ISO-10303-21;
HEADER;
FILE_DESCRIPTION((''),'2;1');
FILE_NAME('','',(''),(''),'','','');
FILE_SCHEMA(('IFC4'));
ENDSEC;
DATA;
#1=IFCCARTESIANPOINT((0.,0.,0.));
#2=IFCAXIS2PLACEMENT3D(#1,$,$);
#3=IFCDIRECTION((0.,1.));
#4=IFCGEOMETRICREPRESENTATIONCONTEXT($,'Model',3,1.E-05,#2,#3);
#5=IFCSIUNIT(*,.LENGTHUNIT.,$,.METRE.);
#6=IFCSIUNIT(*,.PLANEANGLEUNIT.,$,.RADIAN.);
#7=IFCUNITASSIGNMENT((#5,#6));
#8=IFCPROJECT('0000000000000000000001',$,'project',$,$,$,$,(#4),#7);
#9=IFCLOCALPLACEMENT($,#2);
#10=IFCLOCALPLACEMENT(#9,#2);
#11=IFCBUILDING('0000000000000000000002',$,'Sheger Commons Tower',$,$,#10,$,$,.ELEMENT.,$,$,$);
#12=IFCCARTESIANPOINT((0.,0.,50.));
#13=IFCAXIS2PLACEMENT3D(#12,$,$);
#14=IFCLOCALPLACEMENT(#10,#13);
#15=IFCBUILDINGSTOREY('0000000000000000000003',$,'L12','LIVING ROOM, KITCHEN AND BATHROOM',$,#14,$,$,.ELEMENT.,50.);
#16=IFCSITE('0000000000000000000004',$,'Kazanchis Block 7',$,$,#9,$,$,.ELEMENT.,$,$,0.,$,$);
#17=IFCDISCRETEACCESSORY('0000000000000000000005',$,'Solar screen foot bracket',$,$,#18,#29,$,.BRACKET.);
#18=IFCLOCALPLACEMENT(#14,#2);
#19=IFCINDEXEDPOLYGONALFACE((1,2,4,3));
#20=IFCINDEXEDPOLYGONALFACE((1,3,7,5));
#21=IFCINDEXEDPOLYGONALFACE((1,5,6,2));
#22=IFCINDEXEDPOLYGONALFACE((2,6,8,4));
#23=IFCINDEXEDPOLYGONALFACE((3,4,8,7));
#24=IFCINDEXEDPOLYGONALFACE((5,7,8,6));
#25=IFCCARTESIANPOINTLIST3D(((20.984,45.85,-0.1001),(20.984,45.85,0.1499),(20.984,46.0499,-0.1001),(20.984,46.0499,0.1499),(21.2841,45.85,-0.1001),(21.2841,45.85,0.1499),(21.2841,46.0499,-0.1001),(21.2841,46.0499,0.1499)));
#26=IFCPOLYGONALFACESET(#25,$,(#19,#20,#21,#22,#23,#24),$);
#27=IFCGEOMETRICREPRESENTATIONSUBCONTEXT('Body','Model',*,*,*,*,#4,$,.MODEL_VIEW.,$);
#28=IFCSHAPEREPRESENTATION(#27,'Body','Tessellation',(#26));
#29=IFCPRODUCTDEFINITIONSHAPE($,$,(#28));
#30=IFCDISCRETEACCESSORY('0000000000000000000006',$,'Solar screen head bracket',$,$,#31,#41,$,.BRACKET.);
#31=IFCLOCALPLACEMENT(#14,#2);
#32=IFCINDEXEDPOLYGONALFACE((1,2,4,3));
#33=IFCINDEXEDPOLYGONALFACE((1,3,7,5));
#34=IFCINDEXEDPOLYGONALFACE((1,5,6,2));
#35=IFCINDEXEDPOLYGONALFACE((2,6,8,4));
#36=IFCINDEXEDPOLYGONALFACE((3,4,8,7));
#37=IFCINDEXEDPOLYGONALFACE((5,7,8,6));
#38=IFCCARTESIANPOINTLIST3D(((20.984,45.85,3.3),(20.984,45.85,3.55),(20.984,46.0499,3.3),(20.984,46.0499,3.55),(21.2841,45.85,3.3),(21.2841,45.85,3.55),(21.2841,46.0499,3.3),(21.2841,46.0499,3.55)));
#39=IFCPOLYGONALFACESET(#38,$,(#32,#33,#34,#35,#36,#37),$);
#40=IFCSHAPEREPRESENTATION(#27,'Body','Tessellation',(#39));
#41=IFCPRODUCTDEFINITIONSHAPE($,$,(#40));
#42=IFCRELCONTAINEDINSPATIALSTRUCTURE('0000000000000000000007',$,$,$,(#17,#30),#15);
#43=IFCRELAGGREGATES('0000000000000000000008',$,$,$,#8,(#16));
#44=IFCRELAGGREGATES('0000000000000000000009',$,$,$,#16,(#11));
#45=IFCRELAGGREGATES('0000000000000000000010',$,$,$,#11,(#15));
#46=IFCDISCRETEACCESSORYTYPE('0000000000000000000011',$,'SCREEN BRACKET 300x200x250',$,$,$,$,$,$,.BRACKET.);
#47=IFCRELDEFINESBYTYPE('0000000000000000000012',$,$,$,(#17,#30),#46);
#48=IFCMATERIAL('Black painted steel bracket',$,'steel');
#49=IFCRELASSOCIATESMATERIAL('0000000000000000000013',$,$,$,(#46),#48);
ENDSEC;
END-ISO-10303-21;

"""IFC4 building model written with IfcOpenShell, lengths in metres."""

from ifc_helpers import new_model, si_unit, direction, frame, origin, origin_2d, place, context, subcontext, project, spatial, rectangle, extrude, material, type_object, element, save


model = new_model("IFC4")

# Units and contexts
model_context = context("Model", 3, precision=1e-05, world=origin(), true_north=direction((0.0, 1.0)))
body_context = subcontext(model_context, "Body", "Model", "MODEL_VIEW")
ifc_project = project(units=[si_unit("LENGTHUNIT", "METRE"), si_unit("PLANEANGLEUNIT", "RADIAN")], contexts=[model_context])

# Site, building, storey
site_placement = place(None, origin())
site = spatial("IfcSite", under=ifc_project, at=site_placement, Name="Kazanchis Block 7", CompositionType="ELEMENT", RefElevation=0.0)
building_placement = place(site_placement, origin())
building = spatial("IfcBuilding", under=site, at=building_placement, Name="Sheger Commons Tower", CompositionType="ELEMENT")
storey_placement = place(building_placement, frame((0.0, 0.0, 50.0)))
storey = spatial("IfcBuildingStorey", under=building, at=storey_placement, Name="L12", Description="LIVING ROOM, KITCHEN AND BATHROOM", CompositionType="ELEMENT", Elevation=50.0)

# Discrete accessories
ifc_material_1 = material(Name="Black painted steel bracket", Category="steel")
discrete_accessory_type = type_object("IfcDiscreteAccessoryType", Name="SCREEN BRACKET 300x200x250", PredefinedType="BRACKET", material=ifc_material_1)
for number, where, z_axis, x_axis, name in (
    (1, (21.134, 45.95, -0.1001), (0.0, 0.0, 1.0), (-1.0, 0.0, 0.0), "Solar screen foot bracket"),
    (2, (21.134, 45.95, 3.3), (0.0, 0.0, 1.0), (-1.0, 0.0, 0.0), "Solar screen head bracket"),
):
    element("IfcDiscreteAccessory", number, at=place(storey_placement, frame(where, z_axis=z_axis, x_axis=x_axis)), inside=storey, type_object=discrete_accessory_type, Name=name, PredefinedType="BRACKET", context=body_context, shape_type="SweptSolid", body=[
        extrude(rectangle(XDim=0.3, YDim=0.2, at=origin_2d()), origin(), (0.0, 0.0, 1.0), 0.25),
    ])

save(model, "model.ifc")
